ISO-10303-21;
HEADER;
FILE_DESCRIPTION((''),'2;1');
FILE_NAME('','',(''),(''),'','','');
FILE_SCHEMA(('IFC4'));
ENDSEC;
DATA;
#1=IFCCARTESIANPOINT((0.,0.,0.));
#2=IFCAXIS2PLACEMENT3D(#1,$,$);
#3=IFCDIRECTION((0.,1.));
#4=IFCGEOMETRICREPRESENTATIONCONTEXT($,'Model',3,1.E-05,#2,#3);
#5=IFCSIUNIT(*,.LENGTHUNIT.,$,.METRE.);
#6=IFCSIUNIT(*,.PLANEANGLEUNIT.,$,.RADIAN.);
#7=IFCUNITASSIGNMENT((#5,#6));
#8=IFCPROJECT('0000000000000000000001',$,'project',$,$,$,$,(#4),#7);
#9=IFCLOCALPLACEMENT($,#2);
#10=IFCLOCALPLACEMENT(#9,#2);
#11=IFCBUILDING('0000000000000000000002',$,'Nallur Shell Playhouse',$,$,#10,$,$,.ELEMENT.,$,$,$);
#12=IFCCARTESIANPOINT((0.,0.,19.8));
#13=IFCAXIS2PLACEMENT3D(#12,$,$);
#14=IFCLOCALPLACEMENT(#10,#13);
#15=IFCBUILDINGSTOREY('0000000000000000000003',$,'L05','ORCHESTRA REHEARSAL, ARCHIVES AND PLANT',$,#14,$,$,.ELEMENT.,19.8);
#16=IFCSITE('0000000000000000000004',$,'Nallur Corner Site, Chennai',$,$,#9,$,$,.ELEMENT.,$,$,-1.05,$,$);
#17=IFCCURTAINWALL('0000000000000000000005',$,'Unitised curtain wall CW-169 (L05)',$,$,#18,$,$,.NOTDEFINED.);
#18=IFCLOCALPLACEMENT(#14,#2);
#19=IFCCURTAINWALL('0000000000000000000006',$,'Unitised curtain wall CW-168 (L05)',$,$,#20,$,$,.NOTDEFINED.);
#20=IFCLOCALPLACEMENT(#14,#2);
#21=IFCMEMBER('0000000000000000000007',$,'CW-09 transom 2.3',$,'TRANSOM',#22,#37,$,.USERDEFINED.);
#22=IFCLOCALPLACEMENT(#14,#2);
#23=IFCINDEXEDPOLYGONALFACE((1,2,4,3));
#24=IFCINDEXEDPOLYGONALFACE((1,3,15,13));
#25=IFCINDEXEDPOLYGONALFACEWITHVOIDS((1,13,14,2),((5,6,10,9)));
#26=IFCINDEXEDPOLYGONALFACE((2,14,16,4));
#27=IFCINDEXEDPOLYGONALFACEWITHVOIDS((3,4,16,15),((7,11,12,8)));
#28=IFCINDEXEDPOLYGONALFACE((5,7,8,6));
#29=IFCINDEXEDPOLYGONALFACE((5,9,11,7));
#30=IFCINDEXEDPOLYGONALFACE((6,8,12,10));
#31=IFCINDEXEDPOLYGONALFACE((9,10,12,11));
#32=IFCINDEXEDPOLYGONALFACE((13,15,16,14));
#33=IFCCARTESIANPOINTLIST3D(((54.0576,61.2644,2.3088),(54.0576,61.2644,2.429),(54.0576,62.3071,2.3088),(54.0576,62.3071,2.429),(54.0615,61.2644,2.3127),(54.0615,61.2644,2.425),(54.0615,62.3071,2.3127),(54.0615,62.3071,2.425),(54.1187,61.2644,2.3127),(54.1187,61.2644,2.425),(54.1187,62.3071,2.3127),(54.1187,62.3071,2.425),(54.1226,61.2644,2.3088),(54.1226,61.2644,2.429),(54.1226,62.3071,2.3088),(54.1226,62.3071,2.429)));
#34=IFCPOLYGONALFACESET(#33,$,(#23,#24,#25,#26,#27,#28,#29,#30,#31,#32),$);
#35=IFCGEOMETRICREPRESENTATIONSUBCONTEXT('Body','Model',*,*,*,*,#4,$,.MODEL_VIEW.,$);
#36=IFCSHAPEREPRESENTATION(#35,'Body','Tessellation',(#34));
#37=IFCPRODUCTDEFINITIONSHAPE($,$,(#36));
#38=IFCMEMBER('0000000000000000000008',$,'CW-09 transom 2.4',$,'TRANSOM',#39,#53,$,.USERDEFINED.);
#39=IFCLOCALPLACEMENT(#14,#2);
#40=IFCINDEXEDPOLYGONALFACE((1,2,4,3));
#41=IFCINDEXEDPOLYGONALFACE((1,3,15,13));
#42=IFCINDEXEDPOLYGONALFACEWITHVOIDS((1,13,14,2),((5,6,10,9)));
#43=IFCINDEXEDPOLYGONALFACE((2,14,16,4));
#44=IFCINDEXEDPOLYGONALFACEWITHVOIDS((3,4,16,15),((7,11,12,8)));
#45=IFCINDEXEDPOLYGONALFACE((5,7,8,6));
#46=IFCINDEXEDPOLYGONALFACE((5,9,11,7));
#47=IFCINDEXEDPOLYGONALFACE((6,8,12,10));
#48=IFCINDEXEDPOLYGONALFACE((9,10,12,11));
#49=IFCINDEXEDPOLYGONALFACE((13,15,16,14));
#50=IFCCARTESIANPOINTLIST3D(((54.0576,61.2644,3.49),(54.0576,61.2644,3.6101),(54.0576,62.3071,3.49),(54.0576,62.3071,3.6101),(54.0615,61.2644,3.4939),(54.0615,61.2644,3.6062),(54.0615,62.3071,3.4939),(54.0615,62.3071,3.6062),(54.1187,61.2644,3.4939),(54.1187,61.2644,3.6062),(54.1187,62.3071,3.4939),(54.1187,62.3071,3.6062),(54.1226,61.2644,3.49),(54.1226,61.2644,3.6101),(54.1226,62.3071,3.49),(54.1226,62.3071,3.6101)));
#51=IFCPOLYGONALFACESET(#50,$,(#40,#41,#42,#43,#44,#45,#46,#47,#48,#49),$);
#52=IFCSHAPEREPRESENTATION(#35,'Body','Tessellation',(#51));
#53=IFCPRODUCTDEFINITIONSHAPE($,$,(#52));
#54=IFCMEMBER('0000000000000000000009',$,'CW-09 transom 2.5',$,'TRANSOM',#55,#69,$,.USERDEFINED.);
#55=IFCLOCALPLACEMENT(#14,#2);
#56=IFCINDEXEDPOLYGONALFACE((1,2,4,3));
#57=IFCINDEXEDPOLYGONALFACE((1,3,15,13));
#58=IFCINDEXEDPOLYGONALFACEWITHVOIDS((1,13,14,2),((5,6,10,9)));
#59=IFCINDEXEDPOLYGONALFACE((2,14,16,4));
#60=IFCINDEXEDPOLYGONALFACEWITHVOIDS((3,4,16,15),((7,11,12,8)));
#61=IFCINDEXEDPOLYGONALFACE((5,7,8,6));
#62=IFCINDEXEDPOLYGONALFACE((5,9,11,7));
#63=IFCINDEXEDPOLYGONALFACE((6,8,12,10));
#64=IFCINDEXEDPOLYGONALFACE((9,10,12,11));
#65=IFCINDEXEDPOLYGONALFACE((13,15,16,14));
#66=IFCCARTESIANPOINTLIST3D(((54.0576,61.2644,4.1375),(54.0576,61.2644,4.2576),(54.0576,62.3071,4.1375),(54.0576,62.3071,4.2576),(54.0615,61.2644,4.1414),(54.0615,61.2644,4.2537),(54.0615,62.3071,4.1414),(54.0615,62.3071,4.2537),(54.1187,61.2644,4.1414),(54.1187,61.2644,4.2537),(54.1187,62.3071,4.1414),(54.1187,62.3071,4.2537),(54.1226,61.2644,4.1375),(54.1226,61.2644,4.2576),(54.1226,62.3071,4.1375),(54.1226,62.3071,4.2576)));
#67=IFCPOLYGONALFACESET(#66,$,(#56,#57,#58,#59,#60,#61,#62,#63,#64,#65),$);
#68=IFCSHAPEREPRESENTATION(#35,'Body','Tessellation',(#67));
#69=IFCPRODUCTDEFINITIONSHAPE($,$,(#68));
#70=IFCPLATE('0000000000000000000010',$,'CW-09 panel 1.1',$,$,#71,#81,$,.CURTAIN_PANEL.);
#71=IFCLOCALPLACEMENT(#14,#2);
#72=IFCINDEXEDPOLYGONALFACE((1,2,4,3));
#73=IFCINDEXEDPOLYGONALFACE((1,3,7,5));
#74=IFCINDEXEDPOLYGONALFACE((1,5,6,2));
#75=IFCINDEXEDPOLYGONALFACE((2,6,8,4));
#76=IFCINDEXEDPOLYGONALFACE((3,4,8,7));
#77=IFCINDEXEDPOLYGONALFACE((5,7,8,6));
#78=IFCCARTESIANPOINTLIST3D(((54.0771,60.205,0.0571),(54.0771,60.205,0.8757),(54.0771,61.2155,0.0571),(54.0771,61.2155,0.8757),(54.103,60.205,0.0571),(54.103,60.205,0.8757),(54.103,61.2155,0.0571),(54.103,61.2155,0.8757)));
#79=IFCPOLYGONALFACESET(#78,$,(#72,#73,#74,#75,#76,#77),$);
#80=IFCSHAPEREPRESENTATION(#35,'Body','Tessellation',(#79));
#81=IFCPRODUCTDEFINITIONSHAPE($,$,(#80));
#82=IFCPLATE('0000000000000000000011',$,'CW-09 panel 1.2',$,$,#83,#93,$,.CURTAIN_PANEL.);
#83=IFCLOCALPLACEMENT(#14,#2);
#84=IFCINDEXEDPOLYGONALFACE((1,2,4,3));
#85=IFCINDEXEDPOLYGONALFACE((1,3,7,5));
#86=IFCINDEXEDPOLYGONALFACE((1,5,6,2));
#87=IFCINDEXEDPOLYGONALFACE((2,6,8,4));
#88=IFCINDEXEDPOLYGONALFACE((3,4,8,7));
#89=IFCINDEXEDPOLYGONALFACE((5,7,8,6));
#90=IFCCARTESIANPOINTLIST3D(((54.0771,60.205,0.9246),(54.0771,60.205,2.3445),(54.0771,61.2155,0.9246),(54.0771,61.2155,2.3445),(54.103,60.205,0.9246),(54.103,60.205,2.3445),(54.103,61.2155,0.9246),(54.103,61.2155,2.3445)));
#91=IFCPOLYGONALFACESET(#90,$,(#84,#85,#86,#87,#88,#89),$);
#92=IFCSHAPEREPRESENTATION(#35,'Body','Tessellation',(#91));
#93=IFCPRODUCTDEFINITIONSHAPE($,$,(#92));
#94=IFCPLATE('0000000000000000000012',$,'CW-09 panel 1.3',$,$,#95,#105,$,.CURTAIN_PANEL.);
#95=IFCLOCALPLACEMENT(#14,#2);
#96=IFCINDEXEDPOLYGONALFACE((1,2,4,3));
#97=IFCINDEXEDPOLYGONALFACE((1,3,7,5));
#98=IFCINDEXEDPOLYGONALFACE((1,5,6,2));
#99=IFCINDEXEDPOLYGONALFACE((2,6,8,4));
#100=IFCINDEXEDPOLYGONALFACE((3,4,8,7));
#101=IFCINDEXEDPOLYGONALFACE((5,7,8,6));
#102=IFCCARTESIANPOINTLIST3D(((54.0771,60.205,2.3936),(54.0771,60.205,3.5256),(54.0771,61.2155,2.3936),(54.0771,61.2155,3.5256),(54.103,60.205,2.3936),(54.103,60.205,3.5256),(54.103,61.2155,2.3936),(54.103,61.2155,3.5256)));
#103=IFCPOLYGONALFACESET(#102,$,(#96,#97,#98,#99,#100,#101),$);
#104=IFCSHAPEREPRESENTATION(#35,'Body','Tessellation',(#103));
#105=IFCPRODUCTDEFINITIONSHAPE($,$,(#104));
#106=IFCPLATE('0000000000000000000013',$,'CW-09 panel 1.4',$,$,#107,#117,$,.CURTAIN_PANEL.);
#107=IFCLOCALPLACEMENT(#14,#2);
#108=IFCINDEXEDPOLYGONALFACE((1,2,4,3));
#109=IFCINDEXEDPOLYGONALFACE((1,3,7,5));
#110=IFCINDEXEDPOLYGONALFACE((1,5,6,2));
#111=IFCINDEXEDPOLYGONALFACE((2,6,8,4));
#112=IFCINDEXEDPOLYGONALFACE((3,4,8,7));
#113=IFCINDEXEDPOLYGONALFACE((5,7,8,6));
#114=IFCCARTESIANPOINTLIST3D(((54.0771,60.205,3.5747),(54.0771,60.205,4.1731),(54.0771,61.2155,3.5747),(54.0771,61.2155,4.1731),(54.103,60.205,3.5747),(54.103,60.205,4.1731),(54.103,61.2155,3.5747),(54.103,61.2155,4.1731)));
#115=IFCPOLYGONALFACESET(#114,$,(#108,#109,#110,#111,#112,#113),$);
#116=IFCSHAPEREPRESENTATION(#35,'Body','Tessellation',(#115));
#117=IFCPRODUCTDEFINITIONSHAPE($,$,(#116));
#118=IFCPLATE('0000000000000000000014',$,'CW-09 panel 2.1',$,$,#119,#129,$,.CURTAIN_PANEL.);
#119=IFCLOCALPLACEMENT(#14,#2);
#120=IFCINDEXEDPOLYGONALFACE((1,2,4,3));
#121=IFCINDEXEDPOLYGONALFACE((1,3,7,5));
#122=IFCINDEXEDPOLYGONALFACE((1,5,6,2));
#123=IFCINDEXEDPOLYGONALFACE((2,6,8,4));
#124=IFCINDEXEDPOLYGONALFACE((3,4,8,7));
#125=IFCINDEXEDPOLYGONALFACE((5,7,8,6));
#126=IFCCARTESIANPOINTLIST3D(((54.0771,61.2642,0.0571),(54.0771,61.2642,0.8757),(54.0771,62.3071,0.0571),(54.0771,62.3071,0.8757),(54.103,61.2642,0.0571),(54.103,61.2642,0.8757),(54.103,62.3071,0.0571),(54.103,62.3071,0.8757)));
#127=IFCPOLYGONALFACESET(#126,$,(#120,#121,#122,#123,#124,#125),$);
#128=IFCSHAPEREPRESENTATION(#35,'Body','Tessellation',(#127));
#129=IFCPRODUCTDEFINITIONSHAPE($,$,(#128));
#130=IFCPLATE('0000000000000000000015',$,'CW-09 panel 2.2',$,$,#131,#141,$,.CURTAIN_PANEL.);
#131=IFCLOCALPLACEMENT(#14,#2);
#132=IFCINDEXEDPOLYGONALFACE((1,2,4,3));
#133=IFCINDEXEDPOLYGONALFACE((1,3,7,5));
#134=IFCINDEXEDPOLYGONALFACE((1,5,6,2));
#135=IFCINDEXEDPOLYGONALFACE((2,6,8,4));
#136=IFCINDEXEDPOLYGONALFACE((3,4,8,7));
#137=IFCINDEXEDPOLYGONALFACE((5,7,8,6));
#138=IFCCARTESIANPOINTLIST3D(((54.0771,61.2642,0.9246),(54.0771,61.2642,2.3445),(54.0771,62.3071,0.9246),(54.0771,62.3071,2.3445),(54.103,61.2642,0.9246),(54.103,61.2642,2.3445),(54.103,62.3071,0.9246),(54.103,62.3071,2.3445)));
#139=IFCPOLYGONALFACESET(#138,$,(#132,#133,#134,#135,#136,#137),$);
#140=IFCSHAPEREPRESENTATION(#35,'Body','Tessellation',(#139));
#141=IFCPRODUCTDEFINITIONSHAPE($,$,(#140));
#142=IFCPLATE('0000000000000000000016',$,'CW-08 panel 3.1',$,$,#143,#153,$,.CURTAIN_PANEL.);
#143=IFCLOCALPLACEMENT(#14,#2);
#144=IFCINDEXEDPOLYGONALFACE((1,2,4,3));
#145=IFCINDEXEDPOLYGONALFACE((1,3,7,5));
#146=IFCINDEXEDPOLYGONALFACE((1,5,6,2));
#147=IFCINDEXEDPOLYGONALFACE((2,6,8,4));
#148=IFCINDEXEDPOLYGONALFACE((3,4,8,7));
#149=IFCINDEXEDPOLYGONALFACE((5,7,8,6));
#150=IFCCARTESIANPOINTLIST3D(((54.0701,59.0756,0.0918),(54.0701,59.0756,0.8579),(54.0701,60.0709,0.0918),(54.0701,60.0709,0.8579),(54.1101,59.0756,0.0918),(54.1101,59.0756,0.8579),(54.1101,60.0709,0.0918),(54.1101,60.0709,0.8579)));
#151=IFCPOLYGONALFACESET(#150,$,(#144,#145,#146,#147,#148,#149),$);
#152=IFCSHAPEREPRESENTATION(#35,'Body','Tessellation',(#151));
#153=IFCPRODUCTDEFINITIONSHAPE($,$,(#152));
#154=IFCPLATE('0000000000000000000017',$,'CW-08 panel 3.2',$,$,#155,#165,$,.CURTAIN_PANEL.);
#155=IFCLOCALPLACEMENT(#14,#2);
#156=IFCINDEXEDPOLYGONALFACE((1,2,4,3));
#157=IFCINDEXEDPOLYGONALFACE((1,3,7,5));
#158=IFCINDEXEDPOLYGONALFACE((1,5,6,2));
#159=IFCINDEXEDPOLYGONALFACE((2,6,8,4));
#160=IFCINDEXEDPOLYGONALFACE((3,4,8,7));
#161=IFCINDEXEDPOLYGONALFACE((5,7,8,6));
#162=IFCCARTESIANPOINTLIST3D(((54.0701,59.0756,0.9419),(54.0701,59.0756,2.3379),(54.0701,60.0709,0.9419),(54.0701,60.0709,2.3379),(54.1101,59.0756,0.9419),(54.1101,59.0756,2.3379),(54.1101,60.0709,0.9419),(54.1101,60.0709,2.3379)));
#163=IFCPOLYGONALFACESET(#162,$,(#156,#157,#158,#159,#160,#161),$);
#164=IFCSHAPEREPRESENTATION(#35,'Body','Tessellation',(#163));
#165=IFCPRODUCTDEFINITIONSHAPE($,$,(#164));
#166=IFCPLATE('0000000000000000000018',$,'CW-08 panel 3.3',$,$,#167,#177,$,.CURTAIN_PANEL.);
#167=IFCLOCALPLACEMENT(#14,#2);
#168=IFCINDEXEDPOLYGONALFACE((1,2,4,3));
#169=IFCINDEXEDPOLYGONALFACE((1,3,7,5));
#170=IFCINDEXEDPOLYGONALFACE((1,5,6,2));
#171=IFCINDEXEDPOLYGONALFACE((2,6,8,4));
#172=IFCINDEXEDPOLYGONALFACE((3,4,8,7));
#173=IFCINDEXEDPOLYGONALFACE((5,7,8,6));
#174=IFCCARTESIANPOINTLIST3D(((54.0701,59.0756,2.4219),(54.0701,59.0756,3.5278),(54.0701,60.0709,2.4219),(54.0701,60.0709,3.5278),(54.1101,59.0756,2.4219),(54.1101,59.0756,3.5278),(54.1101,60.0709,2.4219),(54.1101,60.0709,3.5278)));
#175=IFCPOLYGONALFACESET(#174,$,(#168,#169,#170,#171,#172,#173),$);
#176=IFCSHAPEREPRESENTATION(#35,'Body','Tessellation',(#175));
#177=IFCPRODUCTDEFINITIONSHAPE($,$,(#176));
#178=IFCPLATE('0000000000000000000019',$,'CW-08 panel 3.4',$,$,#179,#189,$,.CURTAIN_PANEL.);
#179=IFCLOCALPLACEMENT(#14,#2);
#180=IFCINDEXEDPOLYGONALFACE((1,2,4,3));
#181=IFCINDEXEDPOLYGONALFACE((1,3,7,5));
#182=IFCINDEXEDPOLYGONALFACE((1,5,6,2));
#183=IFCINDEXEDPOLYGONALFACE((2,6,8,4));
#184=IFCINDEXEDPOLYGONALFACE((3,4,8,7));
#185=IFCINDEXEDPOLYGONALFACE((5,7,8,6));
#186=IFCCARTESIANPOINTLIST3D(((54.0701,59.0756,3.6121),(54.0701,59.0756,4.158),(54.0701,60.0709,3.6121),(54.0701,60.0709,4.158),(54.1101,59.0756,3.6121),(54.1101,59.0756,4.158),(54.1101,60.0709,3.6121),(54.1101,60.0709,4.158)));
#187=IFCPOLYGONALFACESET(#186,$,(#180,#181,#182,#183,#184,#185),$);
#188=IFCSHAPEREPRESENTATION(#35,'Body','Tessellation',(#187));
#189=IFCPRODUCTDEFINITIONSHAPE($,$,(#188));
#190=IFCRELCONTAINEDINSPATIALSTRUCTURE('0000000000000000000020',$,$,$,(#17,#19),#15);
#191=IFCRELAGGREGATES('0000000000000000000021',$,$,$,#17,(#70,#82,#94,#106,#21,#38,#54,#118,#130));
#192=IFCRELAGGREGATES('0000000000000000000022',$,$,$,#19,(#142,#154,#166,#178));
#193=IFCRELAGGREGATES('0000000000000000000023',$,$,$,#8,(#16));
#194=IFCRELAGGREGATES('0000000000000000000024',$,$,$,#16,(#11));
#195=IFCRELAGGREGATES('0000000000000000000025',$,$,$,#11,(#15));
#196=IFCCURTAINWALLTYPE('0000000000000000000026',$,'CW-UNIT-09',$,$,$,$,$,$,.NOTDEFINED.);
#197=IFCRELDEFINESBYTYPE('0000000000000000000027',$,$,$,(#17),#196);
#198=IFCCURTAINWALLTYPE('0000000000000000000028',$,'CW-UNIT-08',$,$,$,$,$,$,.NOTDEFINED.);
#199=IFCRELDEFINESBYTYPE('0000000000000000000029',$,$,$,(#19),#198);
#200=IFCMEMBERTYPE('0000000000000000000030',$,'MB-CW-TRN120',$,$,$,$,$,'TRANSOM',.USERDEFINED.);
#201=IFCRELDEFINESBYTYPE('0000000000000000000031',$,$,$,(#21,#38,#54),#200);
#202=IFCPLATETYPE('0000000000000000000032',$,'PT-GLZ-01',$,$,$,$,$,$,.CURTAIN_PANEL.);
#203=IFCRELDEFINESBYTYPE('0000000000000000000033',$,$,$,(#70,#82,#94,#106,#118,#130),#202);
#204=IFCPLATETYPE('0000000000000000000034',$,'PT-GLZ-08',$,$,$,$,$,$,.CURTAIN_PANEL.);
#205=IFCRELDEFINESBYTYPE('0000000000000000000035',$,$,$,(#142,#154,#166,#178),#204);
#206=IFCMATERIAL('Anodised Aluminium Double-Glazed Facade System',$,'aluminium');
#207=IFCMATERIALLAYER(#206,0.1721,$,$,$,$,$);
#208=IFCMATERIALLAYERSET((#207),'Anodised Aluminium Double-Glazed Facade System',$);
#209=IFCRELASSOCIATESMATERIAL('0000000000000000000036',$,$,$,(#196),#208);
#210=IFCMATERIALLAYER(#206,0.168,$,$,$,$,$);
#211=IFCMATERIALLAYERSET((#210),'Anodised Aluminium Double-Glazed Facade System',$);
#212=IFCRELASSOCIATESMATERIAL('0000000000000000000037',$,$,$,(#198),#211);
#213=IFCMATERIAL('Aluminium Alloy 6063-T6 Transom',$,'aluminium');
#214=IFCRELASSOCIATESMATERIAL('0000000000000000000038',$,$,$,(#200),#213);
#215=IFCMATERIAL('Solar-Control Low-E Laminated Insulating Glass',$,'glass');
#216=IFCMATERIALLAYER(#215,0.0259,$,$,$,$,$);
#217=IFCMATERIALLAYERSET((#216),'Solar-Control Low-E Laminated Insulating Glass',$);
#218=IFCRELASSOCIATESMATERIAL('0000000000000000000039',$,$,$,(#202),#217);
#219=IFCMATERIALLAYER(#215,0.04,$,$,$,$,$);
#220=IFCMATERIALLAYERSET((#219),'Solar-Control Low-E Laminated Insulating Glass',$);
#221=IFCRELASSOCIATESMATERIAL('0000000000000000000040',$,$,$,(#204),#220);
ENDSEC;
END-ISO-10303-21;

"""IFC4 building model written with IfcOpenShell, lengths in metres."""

from ifc_helpers import new_model, si_unit, direction, frame, origin, origin_2d, place, context, subcontext, project, spatial, rectangle, hollow_rectangle, extrude, material, layer, layer_set, material_profile, profile_set, type_object, element, aggregate, save


model = new_model("IFC4")

# Units and contexts
model_context = context("Model", 3, precision=1e-05, world=origin(), true_north=direction((0.0, 1.0)))
body_context = subcontext(model_context, "Body", "Model", "MODEL_VIEW")
ifc_project = project(units=[si_unit("LENGTHUNIT", "METRE"), si_unit("PLANEANGLEUNIT", "RADIAN")], contexts=[model_context])

# Site, building, storey
site_placement = place(None, origin())
site = spatial("IfcSite", under=ifc_project, at=site_placement, Name="Nallur Corner Site, Chennai", CompositionType="ELEMENT", RefElevation=-1.05)
building_placement = place(site_placement, origin())
building = spatial("IfcBuilding", under=site, at=building_placement, Name="Nallur Shell Playhouse", CompositionType="ELEMENT")
storey_placement = place(building_placement, frame((0.0, 0.0, 19.8)))
storey = spatial("IfcBuildingStorey", under=building, at=storey_placement, Name="L05", Description="ORCHESTRA REHEARSAL, ARCHIVES AND PLANT", CompositionType="ELEMENT", Elevation=19.8)

# Curtain wall
ifc_material_1 = material(Name="Anodised Aluminium Double-Glazed Facade System", Category="aluminium")
ifc_layer_1 = layer(ifc_material_1, 0.1721)
ifc_layer_set_1 = layer_set([ifc_layer_1], Name="Anodised Aluminium Double-Glazed Facade System")
curtain_wall_type_1 = type_object("IfcCurtainWallType", Name="CW-UNIT-09", PredefinedType="NOTDEFINED", material=ifc_layer_set_1)
curtain_wall_1_placement = place(storey_placement, origin())
curtain_wall_1 = element("IfcCurtainWall", 1, at=curtain_wall_1_placement, inside=storey, type_object=curtain_wall_type_1, Name="Unitised curtain wall CW-169 (L05)", PredefinedType="NOTDEFINED")

# Curtain wall
ifc_layer_2 = layer(ifc_material_1, 0.168)
ifc_layer_set_2 = layer_set([ifc_layer_2], Name="Anodised Aluminium Double-Glazed Facade System")
curtain_wall_type_2 = type_object("IfcCurtainWallType", Name="CW-UNIT-08", PredefinedType="NOTDEFINED", material=ifc_layer_set_2)
curtain_wall_2_placement = place(storey_placement, origin())
curtain_wall_2 = element("IfcCurtainWall", 2, at=curtain_wall_2_placement, inside=storey, type_object=curtain_wall_type_2, Name="Unitised curtain wall CW-168 (L05)", PredefinedType="NOTDEFINED")

# Members
ifc_material_2 = material(Name="Aluminium Alloy 6063-T6 Transom", Category="aluminium")
ifc_material_profile_1 = material_profile(ifc_material_2, hollow_rectangle(XDim=0.0649, YDim=0.1201, WallThickness=0.0039, at=origin_2d()), Name="ALU 65x120x4")
ifc_profile_set_1 = profile_set([ifc_material_profile_1], Name="Aluminium Alloy 6063-T6 Transom")
member_type_1 = type_object("IfcMemberType", Name="MB-CW-TRN120", ElementType="TRANSOM", PredefinedType="USERDEFINED", material=ifc_profile_set_1)
member_1_placement = place(storey_placement, frame((54.0901, 61.2644, 2.3689), z_axis=(0.0, 1.0, 0.0), x_axis=(-1.0, 0.0, 0.0)))
member_1 = element("IfcMember", 3, at=member_1_placement, type_object=member_type_1, Name="CW-09 transom 2.3", ObjectType="TRANSOM", PredefinedType="USERDEFINED", context=body_context, shape_type="SweptSolid", body=[
    extrude(hollow_rectangle(XDim=0.0649, YDim=0.1201, WallThickness=0.0039, at=origin_2d()), origin(), (0.0, 0.0, 1.0), 1.0427),
])
member_2_placement = place(storey_placement, frame((54.0901, 61.2644, 3.55), z_axis=(0.0, 1.0, 0.0), x_axis=(-1.0, 0.0, 0.0)))
member_2 = element("IfcMember", 4, at=member_2_placement, type_object=member_type_1, Name="CW-09 transom 2.4", ObjectType="TRANSOM", PredefinedType="USERDEFINED", context=body_context, shape_type="SweptSolid", body=[
    extrude(hollow_rectangle(XDim=0.0649, YDim=0.1201, WallThickness=0.0039, at=origin_2d()), origin(), (0.0, 0.0, 1.0), 1.0427),
])
member_3_placement = place(storey_placement, frame((54.0901, 61.2644, 4.1975), z_axis=(0.0, 1.0, 0.0), x_axis=(-1.0, 0.0, 0.0)))
member_3 = element("IfcMember", 5, at=member_3_placement, type_object=member_type_1, Name="CW-09 transom 2.5", ObjectType="TRANSOM", PredefinedType="USERDEFINED", context=body_context, shape_type="SweptSolid", body=[
    extrude(hollow_rectangle(XDim=0.0649, YDim=0.1201, WallThickness=0.0039, at=origin_2d()), origin(), (0.0, 0.0, 1.0), 1.0427),
])

# Plates
ifc_material_3 = material(Name="Solar-Control Low-E Laminated Insulating Glass", Category="glass")
ifc_layer_3 = layer(ifc_material_3, 0.0259)
ifc_layer_set_3 = layer_set([ifc_layer_3], Name="Solar-Control Low-E Laminated Insulating Glass")
plate_type_1 = type_object("IfcPlateType", Name="PT-GLZ-01", PredefinedType="CURTAIN_PANEL", material=ifc_layer_set_3)
plate_1_placement = place(storey_placement, frame((54.0901, 60.7102, 0.0571), z_axis=(0.0, 0.0, 1.0), x_axis=(0.0, 1.0, 0.0)))
plate_1 = element("IfcPlate", 6, at=plate_1_placement, type_object=plate_type_1, Name="CW-09 panel 1.1", PredefinedType="CURTAIN_PANEL", context=body_context, shape_type="SweptSolid", body=[
    extrude(rectangle(XDim=1.0105, YDim=0.0259, at=origin_2d()), origin(), (0.0, 0.0, 1.0), 0.8186),
])
plate_2_placement = place(storey_placement, frame((54.0901, 60.7102, 0.9246), z_axis=(0.0, 0.0, 1.0), x_axis=(0.0, 1.0, 0.0)))
plate_2 = element("IfcPlate", 7, at=plate_2_placement, type_object=plate_type_1, Name="CW-09 panel 1.2", PredefinedType="CURTAIN_PANEL", context=body_context, shape_type="SweptSolid", body=[
    extrude(rectangle(XDim=1.0105, YDim=0.0259, at=origin_2d()), origin(), (0.0, 0.0, 1.0), 1.4199),
])
plate_3_placement = place(storey_placement, frame((54.0901, 60.7102, 2.3936), z_axis=(0.0, 0.0, 1.0), x_axis=(0.0, 1.0, 0.0)))
plate_3 = element("IfcPlate", 8, at=plate_3_placement, type_object=plate_type_1, Name="CW-09 panel 1.3", PredefinedType="CURTAIN_PANEL", context=body_context, shape_type="SweptSolid", body=[
    extrude(rectangle(XDim=1.0105, YDim=0.0259, at=origin_2d()), origin(), (0.0, 0.0, 1.0), 1.1321),
])
plate_4_placement = place(storey_placement, frame((54.0901, 60.7102, 3.5747), z_axis=(0.0, 0.0, 1.0), x_axis=(0.0, 1.0, 0.0)))
plate_4 = element("IfcPlate", 9, at=plate_4_placement, type_object=plate_type_1, Name="CW-09 panel 1.4", PredefinedType="CURTAIN_PANEL", context=body_context, shape_type="SweptSolid", body=[
    extrude(rectangle(XDim=1.0105, YDim=0.0259, at=origin_2d()), origin(), (0.0, 0.0, 1.0), 0.5984),
])
plate_5_placement = place(storey_placement, frame((54.0901, 61.7856, 0.0571), z_axis=(0.0, 0.0, 1.0), x_axis=(0.0, 1.0, 0.0)))
plate_5 = element("IfcPlate", 10, at=plate_5_placement, type_object=plate_type_1, Name="CW-09 panel 2.1", PredefinedType="CURTAIN_PANEL", context=body_context, shape_type="SweptSolid", body=[
    extrude(rectangle(XDim=1.043, YDim=0.0259, at=origin_2d()), origin(), (0.0, 0.0, 1.0), 0.8186),
])
plate_6_placement = place(storey_placement, frame((54.0901, 61.7856, 0.9246), z_axis=(0.0, 0.0, 1.0), x_axis=(0.0, 1.0, 0.0)))
plate_6 = element("IfcPlate", 11, at=plate_6_placement, type_object=plate_type_1, Name="CW-09 panel 2.2", PredefinedType="CURTAIN_PANEL", context=body_context, shape_type="SweptSolid", body=[
    extrude(rectangle(XDim=1.043, YDim=0.0259, at=origin_2d()), origin(), (0.0, 0.0, 1.0), 1.4199),
])
aggregate(curtain_wall_1, [plate_1, plate_2, plate_3, plate_4, member_1, member_2, member_3, plate_5, plate_6])
ifc_layer_4 = layer(ifc_material_3, 0.04)
ifc_layer_set_4 = layer_set([ifc_layer_4], Name="Solar-Control Low-E Laminated Insulating Glass")
plate_type_2 = type_object("IfcPlateType", Name="PT-GLZ-08", PredefinedType="CURTAIN_PANEL", material=ifc_layer_set_4)
plate_7_placement = place(storey_placement, frame((54.0901, 59.5732, 0.0918), z_axis=(0.0, 0.0, 1.0), x_axis=(0.0, 1.0, 0.0)))
plate_7 = element("IfcPlate", 12, at=plate_7_placement, type_object=plate_type_2, Name="CW-08 panel 3.1", PredefinedType="CURTAIN_PANEL", context=body_context, shape_type="SweptSolid", body=[
    extrude(rectangle(XDim=0.9954, YDim=0.04, at=origin_2d()), origin(), (0.0, 0.0, 1.0), 0.7661),
])
plate_8_placement = place(storey_placement, frame((54.0901, 59.5732, 0.9419), z_axis=(0.0, 0.0, 1.0), x_axis=(0.0, 1.0, 0.0)))
plate_8 = element("IfcPlate", 13, at=plate_8_placement, type_object=plate_type_2, Name="CW-08 panel 3.2", PredefinedType="CURTAIN_PANEL", context=body_context, shape_type="SweptSolid", body=[
    extrude(rectangle(XDim=0.9954, YDim=0.04, at=origin_2d()), origin(), (0.0, 0.0, 1.0), 1.396),
])
plate_9_placement = place(storey_placement, frame((54.0901, 59.5732, 2.4219), z_axis=(0.0, 0.0, 1.0), x_axis=(0.0, 1.0, 0.0)))
plate_9 = element("IfcPlate", 14, at=plate_9_placement, type_object=plate_type_2, Name="CW-08 panel 3.3", PredefinedType="CURTAIN_PANEL", context=body_context, shape_type="SweptSolid", body=[
    extrude(rectangle(XDim=0.9954, YDim=0.04, at=origin_2d()), origin(), (0.0, 0.0, 1.0), 1.106),
])
plate_10_placement = place(storey_placement, frame((54.0901, 59.5732, 3.6121), z_axis=(0.0, 0.0, 1.0), x_axis=(0.0, 1.0, 0.0)))
plate_10 = element("IfcPlate", 15, at=plate_10_placement, type_object=plate_type_2, Name="CW-08 panel 3.4", PredefinedType="CURTAIN_PANEL", context=body_context, shape_type="SweptSolid", body=[
    extrude(rectangle(XDim=0.9954, YDim=0.04, at=origin_2d()), origin(), (0.0, 0.0, 1.0), 0.5459),
])
aggregate(curtain_wall_2, [plate_7, plate_8, plate_9, plate_10])

save(model, "model.ifc")
